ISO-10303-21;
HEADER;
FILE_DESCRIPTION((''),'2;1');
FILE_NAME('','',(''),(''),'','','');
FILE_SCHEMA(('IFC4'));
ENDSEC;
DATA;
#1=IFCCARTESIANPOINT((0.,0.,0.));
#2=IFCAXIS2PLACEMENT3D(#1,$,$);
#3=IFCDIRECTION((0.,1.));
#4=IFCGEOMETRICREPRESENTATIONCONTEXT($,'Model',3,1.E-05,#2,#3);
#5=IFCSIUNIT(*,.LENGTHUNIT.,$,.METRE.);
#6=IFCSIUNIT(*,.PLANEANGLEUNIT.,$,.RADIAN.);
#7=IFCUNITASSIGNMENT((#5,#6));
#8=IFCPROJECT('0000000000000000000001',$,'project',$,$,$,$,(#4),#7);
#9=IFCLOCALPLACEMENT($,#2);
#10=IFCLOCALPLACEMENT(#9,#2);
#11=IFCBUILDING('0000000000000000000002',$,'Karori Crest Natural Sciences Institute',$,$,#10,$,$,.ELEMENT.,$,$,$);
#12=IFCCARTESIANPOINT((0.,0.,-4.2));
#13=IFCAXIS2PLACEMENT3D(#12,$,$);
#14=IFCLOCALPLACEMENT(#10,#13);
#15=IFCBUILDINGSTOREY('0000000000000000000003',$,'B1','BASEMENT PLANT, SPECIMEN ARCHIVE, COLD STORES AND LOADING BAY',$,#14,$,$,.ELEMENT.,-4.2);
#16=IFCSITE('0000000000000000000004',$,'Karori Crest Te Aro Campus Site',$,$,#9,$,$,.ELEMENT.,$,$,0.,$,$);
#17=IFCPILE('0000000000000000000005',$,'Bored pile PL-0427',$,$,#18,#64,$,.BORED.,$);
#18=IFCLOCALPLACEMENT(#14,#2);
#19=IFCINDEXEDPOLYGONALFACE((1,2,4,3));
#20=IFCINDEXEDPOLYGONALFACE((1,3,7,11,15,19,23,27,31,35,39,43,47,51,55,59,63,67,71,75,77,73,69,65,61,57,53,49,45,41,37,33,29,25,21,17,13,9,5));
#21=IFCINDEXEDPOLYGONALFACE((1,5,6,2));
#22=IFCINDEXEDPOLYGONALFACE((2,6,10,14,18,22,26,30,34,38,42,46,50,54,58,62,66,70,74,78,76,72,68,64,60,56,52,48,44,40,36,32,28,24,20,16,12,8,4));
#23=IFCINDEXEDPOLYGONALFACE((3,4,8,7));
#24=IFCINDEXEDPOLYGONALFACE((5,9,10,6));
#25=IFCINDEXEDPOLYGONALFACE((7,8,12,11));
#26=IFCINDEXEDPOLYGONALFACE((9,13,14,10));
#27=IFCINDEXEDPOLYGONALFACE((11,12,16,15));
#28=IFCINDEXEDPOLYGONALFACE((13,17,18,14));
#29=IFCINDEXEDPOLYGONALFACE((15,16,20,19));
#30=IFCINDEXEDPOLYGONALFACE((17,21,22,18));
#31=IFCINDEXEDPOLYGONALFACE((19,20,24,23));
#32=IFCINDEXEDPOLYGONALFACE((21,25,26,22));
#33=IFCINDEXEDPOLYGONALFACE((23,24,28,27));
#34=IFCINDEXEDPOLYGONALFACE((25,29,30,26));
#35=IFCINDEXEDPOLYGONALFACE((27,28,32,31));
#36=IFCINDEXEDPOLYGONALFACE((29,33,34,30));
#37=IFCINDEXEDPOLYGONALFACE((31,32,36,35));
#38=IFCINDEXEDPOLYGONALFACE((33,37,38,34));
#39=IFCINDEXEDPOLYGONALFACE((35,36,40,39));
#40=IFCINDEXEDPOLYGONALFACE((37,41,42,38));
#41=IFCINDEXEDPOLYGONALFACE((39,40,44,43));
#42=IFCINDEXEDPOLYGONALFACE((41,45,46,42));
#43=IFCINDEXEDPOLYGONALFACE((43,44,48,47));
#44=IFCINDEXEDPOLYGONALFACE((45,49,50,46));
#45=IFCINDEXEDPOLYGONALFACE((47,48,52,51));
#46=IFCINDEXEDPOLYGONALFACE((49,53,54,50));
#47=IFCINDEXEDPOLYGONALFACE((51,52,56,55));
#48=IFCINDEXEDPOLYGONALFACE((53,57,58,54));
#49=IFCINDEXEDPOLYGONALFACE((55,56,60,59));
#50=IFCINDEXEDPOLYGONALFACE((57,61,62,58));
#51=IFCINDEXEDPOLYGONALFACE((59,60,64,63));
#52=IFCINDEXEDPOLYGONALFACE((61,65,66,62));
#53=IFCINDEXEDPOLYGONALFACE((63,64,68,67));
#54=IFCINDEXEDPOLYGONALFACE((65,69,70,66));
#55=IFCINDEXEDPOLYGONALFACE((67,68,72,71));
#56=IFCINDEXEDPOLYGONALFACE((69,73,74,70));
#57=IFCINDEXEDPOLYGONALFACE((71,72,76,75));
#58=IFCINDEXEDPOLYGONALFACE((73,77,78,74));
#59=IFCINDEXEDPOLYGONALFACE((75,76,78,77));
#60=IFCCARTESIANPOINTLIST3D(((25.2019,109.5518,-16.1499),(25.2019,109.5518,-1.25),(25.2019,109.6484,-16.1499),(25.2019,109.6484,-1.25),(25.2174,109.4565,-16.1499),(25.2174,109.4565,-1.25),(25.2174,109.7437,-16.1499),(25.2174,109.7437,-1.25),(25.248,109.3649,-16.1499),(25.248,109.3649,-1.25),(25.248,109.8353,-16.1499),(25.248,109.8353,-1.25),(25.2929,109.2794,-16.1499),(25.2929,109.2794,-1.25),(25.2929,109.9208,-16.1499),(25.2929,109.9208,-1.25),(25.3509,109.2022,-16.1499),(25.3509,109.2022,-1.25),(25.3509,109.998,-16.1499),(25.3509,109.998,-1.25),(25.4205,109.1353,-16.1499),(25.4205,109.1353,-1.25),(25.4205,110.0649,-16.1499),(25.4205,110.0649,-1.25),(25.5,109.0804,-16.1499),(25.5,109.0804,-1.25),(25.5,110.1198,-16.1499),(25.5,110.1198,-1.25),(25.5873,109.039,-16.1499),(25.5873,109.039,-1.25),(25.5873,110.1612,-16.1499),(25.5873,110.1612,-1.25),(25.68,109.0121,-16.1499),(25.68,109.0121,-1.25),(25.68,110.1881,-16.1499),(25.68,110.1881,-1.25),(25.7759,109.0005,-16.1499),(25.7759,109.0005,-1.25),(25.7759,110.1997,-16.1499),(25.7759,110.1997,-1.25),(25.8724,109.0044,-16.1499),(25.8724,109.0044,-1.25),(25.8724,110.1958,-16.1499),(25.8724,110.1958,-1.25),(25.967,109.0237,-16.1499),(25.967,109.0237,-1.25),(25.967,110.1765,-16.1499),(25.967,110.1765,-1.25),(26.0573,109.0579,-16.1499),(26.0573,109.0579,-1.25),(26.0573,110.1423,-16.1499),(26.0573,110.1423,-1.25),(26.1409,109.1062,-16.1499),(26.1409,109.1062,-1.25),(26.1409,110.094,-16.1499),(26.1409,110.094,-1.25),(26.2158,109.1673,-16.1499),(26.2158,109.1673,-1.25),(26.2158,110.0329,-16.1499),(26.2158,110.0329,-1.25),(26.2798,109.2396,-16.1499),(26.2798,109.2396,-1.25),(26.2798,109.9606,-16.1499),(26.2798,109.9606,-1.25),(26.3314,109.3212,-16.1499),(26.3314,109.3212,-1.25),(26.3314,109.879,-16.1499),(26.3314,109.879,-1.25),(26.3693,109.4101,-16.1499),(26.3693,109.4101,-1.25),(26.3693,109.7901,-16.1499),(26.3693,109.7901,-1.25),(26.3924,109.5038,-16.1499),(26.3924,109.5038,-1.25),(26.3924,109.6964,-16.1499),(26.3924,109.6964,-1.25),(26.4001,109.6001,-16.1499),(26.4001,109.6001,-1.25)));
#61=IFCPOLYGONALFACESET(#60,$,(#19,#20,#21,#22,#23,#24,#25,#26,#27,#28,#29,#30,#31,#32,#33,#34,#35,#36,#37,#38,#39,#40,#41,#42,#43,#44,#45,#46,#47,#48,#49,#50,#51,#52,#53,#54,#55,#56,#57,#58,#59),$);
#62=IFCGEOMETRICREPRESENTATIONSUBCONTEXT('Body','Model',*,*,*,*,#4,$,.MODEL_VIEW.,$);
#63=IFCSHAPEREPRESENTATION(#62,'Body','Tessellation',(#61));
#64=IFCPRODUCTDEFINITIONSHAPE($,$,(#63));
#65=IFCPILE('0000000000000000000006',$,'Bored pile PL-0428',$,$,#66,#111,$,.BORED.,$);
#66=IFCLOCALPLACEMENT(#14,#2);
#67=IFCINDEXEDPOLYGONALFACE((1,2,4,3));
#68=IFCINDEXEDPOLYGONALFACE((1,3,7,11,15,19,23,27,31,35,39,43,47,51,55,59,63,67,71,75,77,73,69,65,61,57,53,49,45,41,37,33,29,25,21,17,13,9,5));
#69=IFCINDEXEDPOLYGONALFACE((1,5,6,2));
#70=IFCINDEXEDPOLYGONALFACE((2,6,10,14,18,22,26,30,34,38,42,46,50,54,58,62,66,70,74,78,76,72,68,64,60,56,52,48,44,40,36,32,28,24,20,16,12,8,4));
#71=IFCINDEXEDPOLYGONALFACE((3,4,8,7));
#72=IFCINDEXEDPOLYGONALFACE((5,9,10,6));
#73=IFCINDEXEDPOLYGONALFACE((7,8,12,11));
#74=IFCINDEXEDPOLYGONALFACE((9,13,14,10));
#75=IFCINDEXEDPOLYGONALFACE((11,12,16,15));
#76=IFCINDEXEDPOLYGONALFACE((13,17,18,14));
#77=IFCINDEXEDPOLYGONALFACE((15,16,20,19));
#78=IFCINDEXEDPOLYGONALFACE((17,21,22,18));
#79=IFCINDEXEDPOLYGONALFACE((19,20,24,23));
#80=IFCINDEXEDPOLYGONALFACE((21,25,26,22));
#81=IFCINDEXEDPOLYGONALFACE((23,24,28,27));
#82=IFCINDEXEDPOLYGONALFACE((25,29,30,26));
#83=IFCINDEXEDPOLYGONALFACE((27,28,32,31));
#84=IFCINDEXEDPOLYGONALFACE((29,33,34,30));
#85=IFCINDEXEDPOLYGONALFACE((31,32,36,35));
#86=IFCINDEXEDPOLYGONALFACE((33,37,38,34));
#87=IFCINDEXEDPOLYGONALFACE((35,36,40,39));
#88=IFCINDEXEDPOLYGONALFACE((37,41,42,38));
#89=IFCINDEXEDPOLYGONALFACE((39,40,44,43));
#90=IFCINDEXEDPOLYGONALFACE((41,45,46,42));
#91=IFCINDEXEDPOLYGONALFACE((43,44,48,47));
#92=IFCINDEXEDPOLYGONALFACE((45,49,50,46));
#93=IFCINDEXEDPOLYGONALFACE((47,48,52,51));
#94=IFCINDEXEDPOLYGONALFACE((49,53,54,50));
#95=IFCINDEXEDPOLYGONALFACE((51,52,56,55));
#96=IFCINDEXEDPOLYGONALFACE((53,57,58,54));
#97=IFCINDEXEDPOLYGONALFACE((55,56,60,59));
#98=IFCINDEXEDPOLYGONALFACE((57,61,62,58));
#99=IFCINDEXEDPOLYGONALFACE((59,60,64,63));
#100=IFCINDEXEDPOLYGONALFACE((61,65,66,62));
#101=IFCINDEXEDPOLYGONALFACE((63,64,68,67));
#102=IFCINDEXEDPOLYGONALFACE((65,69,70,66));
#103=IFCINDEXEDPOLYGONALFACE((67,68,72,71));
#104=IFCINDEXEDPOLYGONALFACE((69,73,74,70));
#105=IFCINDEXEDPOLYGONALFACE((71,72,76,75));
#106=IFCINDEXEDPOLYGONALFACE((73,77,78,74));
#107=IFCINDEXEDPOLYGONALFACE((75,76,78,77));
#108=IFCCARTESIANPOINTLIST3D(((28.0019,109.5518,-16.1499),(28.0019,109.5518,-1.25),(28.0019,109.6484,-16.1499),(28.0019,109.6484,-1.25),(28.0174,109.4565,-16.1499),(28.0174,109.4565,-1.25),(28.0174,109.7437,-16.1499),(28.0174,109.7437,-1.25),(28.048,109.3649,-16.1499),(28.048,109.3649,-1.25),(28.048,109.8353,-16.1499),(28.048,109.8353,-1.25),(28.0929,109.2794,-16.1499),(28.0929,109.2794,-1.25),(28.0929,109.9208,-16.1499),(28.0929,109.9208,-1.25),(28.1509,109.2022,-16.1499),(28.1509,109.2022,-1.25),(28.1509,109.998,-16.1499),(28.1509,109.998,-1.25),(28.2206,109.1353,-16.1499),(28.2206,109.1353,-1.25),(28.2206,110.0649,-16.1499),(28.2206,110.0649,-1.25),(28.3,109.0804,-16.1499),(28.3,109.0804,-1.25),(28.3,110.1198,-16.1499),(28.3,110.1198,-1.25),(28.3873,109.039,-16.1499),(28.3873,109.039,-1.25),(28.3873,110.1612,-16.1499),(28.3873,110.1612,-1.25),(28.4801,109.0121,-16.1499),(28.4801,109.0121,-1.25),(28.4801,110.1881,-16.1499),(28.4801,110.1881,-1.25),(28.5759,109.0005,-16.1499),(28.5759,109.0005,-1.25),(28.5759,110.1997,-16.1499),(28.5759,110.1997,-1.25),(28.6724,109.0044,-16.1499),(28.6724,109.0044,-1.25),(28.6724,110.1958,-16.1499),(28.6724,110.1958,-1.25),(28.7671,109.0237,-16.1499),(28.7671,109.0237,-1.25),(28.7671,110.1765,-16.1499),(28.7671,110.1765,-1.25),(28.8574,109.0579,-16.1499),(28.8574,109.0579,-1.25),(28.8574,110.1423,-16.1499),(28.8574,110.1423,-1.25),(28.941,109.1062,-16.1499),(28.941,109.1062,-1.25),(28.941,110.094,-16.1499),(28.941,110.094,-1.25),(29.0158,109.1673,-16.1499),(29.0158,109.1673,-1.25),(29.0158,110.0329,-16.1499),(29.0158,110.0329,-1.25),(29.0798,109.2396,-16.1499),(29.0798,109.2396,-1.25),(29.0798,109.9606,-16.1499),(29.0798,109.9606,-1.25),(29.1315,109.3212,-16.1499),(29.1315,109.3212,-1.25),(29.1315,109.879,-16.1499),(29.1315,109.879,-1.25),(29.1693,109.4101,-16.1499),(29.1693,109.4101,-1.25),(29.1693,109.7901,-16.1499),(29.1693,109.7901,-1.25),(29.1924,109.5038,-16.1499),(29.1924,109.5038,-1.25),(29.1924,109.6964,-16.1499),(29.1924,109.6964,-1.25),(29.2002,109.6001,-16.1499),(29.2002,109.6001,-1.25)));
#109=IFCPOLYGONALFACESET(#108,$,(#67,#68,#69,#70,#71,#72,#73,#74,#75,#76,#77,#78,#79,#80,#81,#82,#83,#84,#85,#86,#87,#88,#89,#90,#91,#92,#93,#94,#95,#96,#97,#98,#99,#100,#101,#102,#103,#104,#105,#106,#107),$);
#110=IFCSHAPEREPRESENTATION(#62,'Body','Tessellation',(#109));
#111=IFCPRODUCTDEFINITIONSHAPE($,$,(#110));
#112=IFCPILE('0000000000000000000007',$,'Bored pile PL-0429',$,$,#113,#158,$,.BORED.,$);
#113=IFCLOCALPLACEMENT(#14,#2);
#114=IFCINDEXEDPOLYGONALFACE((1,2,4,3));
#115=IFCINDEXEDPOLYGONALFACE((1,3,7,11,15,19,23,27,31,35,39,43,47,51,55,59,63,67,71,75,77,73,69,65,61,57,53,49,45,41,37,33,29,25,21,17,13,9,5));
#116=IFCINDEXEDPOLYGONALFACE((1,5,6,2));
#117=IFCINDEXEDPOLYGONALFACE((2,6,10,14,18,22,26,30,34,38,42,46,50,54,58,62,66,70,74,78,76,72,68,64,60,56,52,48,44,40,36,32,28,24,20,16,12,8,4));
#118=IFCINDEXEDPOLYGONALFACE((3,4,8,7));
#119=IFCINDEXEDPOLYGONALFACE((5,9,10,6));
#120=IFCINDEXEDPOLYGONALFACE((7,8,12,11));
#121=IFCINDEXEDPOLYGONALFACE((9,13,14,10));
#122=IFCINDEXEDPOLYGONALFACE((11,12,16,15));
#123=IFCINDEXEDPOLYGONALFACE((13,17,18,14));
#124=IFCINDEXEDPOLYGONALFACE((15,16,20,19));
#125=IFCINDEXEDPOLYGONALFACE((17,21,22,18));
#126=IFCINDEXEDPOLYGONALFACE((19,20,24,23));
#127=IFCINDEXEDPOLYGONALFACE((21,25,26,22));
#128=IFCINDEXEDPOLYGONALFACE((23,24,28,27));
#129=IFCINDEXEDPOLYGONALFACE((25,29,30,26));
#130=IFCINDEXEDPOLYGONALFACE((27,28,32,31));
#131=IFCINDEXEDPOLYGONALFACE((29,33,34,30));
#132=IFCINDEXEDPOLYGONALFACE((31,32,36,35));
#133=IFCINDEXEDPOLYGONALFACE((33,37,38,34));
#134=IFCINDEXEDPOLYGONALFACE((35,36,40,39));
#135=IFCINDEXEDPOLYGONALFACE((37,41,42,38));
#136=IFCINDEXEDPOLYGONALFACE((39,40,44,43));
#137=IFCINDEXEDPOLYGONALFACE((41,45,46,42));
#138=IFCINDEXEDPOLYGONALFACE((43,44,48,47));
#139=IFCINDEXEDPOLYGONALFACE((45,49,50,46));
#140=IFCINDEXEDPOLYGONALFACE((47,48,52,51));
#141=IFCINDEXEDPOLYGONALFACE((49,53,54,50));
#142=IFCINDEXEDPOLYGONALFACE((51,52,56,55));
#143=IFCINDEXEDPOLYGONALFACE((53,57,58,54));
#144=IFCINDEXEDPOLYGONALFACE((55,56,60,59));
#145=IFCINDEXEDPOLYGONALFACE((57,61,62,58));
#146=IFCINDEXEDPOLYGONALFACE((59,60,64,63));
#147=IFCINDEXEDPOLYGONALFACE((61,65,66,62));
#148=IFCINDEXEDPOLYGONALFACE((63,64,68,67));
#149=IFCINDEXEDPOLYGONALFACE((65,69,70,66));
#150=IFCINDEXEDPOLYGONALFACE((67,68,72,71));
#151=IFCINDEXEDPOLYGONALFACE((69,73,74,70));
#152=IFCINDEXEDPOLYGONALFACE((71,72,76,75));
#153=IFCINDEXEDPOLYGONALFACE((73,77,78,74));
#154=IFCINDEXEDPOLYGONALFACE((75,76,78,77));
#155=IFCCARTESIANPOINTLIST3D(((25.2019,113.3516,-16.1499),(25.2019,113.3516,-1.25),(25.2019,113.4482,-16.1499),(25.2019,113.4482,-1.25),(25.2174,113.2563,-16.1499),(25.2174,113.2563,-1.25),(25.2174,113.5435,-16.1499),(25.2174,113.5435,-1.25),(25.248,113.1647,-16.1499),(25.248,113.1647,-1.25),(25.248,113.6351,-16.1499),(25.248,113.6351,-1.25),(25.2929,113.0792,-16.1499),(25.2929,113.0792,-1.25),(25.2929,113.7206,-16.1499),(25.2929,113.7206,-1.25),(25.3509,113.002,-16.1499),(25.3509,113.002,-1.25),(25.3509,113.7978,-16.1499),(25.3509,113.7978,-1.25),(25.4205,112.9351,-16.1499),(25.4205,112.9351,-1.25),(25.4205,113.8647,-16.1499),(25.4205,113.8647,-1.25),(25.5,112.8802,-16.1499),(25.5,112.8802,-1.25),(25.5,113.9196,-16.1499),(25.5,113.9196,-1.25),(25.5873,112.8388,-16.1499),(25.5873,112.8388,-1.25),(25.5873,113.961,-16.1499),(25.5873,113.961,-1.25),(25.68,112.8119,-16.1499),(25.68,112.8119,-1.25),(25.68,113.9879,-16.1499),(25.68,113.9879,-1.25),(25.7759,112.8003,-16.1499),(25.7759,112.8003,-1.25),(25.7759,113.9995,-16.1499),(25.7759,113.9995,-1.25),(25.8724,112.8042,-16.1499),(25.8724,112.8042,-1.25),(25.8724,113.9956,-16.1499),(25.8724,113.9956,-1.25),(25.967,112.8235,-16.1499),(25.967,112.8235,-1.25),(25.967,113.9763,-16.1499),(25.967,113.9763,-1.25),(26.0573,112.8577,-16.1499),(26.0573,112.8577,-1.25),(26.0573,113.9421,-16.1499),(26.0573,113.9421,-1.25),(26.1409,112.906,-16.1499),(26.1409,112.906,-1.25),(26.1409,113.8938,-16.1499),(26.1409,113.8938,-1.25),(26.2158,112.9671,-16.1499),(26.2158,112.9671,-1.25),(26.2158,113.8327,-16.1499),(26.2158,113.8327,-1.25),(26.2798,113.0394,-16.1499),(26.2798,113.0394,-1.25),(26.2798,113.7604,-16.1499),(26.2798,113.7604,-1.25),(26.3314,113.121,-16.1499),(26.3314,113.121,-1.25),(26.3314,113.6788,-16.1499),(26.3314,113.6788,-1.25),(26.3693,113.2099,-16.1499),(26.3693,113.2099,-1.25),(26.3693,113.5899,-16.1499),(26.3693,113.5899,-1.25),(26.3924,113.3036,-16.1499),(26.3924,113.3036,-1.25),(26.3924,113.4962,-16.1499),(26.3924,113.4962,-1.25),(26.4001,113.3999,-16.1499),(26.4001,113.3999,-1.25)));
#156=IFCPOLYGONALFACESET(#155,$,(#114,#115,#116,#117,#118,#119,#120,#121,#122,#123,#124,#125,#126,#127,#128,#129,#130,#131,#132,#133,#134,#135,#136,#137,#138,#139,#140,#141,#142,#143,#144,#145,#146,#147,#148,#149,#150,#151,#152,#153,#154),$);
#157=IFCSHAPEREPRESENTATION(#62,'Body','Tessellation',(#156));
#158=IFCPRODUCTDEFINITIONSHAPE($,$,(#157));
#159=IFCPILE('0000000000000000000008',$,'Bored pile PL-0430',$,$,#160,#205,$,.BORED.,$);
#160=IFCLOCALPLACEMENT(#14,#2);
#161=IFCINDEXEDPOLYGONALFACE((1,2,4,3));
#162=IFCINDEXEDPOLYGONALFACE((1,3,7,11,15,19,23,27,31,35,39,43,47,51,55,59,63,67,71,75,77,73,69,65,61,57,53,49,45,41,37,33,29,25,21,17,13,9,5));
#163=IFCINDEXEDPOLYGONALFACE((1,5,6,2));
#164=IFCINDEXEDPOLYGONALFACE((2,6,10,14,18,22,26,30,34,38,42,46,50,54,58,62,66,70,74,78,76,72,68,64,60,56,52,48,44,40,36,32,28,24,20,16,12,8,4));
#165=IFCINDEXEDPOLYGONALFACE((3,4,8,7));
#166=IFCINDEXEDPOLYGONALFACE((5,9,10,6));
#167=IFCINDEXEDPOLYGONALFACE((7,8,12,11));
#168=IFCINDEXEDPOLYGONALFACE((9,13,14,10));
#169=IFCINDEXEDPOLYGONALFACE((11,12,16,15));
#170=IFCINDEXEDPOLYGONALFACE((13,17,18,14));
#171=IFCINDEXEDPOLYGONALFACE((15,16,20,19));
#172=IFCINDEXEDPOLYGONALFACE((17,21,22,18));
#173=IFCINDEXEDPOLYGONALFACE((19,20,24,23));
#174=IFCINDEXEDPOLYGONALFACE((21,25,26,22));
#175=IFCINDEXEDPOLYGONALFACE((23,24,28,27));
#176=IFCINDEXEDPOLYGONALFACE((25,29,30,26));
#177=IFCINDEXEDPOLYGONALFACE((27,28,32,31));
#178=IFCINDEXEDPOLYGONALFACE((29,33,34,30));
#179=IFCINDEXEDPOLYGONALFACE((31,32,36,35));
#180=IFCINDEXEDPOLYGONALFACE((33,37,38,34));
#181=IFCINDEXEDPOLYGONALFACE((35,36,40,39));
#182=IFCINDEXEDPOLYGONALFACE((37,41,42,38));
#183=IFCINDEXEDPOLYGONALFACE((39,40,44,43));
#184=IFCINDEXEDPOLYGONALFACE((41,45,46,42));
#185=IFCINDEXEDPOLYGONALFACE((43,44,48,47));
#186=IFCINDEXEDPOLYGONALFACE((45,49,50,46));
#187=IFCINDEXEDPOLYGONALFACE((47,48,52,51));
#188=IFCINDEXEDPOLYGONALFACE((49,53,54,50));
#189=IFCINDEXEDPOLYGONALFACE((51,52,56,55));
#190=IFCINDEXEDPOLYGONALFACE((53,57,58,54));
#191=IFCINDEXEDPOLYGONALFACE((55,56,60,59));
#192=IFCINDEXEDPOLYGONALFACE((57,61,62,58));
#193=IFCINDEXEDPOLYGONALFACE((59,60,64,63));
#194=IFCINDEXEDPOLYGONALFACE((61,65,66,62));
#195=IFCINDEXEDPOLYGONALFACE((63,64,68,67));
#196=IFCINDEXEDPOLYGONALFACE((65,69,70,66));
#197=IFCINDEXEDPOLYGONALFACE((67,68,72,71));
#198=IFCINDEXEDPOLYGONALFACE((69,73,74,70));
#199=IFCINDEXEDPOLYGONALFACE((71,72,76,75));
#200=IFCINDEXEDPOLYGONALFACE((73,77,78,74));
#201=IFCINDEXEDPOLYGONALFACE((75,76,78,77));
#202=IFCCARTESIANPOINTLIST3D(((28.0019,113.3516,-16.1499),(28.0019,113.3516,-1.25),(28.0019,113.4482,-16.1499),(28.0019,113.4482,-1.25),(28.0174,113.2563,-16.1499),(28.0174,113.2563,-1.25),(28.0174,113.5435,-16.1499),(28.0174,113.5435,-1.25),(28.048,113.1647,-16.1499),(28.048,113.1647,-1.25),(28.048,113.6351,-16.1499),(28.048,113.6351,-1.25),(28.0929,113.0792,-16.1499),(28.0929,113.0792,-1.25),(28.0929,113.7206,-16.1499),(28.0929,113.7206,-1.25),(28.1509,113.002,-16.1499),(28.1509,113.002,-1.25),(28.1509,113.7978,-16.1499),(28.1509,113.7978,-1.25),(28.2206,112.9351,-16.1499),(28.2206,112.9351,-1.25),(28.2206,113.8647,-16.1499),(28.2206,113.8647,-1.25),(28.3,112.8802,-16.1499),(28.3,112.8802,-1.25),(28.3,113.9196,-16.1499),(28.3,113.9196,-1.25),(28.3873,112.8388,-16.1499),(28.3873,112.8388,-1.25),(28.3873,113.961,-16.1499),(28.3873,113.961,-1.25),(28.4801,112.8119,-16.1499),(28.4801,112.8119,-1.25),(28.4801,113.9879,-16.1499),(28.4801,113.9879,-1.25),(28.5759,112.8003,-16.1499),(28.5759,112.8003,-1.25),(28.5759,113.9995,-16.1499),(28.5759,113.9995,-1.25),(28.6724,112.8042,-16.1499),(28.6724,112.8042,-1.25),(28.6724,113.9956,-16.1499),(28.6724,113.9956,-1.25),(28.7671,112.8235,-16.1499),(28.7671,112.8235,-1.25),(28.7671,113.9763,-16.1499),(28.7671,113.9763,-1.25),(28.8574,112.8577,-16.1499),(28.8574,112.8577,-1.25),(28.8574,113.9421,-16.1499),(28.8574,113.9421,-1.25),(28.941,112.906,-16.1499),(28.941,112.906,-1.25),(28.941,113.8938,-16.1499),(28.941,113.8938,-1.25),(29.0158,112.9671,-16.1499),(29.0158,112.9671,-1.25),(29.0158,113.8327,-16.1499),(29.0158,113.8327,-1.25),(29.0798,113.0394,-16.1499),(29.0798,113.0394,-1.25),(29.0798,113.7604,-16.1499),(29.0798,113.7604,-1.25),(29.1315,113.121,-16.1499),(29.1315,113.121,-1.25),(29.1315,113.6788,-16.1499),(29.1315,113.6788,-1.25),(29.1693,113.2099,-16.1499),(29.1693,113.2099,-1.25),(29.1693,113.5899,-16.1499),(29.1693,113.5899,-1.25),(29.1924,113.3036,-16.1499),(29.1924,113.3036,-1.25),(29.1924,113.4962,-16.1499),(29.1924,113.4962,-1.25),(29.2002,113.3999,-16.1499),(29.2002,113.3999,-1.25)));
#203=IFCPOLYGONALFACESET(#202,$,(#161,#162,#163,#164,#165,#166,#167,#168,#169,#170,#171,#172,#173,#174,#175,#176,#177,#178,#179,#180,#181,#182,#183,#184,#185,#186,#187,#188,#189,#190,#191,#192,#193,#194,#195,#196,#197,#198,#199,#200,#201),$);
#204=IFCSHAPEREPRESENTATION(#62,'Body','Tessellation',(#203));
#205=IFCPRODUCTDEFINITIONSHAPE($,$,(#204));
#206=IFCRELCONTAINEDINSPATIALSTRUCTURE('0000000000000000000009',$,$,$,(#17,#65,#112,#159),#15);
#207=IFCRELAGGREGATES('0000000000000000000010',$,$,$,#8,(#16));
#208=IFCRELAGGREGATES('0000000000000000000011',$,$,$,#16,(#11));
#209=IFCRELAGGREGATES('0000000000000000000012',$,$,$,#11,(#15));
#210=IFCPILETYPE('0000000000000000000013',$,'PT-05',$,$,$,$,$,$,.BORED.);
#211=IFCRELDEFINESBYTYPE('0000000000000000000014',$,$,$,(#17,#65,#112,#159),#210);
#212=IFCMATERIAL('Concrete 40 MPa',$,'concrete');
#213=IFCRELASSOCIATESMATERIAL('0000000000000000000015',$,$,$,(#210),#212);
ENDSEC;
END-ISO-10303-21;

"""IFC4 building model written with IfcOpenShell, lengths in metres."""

from ifc_helpers import new_model, si_unit, direction, frame, origin, origin_2d, place, context, subcontext, project, spatial, circle, extrude, material, material_profile, profile_set, type_object, element, save


model = new_model("IFC4")

# Units and contexts
model_context = context("Model", 3, precision=1e-05, world=origin(), true_north=direction((0.0, 1.0)))
body_context = subcontext(model_context, "Body", "Model", "MODEL_VIEW")
ifc_project = project(units=[si_unit("LENGTHUNIT", "METRE"), si_unit("PLANEANGLEUNIT", "RADIAN")], contexts=[model_context])

# Site, building, storey
site_placement = place(None, origin())
site = spatial("IfcSite", under=ifc_project, at=site_placement, Name="Karori Crest Te Aro Campus Site", CompositionType="ELEMENT", RefElevation=0.0)
building_placement = place(site_placement, origin())
building = spatial("IfcBuilding", under=site, at=building_placement, Name="Karori Crest Natural Sciences Institute", CompositionType="ELEMENT")
storey_placement = place(building_placement, frame((0.0, 0.0, -4.2)))
storey = spatial("IfcBuildingStorey", under=building, at=storey_placement, Name="B1", Description="BASEMENT PLANT, SPECIMEN ARCHIVE, COLD STORES AND LOADING BAY", CompositionType="ELEMENT", Elevation=-4.2)

# Shared definitions
ifc_material_1 = material(Name="Concrete 40 MPa", Category="concrete")

# Piles
ifc_material_profile_1 = material_profile(ifc_material_1, circle(Radius=0.6001, at=origin_2d()), Name="PILE1200")
ifc_profile_set_1 = profile_set([ifc_material_profile_1], Name="Concrete 40 MPa")
pile_type = type_object("IfcPileType", Name="PT-05", PredefinedType="BORED", material=ifc_profile_set_1)
for number, where, z_axis, x_axis, name in (
    (1, (25.8, 109.6001, -1.25), (0.0, 0.0, -1.0), (1.0, 0.0, 0.0), "Bored pile PL-0427"),
    (2, (28.6001, 109.6001, -1.25), (0.0, 0.0, -1.0), (1.0, 0.0, 0.0), "Bored pile PL-0428"),
    (3, (25.8, 113.3999, -1.25), (0.0, 0.0, -1.0), (1.0, 0.0, 0.0), "Bored pile PL-0429"),
    (4, (28.6001, 113.3999, -1.25), (0.0, 0.0, -1.0), (1.0, 0.0, 0.0), "Bored pile PL-0430"),
):
    element("IfcPile", number, at=place(storey_placement, frame(where, z_axis=z_axis, x_axis=x_axis)), inside=storey, type_object=pile_type, Name=name, PredefinedType="BORED", context=body_context, shape_type="SweptSolid", body=[
        extrude(circle(Radius=0.6001, at=origin_2d()), origin(), (0.0, 0.0, 1.0), 14.8999),
    ])

save(model, "model.ifc")
